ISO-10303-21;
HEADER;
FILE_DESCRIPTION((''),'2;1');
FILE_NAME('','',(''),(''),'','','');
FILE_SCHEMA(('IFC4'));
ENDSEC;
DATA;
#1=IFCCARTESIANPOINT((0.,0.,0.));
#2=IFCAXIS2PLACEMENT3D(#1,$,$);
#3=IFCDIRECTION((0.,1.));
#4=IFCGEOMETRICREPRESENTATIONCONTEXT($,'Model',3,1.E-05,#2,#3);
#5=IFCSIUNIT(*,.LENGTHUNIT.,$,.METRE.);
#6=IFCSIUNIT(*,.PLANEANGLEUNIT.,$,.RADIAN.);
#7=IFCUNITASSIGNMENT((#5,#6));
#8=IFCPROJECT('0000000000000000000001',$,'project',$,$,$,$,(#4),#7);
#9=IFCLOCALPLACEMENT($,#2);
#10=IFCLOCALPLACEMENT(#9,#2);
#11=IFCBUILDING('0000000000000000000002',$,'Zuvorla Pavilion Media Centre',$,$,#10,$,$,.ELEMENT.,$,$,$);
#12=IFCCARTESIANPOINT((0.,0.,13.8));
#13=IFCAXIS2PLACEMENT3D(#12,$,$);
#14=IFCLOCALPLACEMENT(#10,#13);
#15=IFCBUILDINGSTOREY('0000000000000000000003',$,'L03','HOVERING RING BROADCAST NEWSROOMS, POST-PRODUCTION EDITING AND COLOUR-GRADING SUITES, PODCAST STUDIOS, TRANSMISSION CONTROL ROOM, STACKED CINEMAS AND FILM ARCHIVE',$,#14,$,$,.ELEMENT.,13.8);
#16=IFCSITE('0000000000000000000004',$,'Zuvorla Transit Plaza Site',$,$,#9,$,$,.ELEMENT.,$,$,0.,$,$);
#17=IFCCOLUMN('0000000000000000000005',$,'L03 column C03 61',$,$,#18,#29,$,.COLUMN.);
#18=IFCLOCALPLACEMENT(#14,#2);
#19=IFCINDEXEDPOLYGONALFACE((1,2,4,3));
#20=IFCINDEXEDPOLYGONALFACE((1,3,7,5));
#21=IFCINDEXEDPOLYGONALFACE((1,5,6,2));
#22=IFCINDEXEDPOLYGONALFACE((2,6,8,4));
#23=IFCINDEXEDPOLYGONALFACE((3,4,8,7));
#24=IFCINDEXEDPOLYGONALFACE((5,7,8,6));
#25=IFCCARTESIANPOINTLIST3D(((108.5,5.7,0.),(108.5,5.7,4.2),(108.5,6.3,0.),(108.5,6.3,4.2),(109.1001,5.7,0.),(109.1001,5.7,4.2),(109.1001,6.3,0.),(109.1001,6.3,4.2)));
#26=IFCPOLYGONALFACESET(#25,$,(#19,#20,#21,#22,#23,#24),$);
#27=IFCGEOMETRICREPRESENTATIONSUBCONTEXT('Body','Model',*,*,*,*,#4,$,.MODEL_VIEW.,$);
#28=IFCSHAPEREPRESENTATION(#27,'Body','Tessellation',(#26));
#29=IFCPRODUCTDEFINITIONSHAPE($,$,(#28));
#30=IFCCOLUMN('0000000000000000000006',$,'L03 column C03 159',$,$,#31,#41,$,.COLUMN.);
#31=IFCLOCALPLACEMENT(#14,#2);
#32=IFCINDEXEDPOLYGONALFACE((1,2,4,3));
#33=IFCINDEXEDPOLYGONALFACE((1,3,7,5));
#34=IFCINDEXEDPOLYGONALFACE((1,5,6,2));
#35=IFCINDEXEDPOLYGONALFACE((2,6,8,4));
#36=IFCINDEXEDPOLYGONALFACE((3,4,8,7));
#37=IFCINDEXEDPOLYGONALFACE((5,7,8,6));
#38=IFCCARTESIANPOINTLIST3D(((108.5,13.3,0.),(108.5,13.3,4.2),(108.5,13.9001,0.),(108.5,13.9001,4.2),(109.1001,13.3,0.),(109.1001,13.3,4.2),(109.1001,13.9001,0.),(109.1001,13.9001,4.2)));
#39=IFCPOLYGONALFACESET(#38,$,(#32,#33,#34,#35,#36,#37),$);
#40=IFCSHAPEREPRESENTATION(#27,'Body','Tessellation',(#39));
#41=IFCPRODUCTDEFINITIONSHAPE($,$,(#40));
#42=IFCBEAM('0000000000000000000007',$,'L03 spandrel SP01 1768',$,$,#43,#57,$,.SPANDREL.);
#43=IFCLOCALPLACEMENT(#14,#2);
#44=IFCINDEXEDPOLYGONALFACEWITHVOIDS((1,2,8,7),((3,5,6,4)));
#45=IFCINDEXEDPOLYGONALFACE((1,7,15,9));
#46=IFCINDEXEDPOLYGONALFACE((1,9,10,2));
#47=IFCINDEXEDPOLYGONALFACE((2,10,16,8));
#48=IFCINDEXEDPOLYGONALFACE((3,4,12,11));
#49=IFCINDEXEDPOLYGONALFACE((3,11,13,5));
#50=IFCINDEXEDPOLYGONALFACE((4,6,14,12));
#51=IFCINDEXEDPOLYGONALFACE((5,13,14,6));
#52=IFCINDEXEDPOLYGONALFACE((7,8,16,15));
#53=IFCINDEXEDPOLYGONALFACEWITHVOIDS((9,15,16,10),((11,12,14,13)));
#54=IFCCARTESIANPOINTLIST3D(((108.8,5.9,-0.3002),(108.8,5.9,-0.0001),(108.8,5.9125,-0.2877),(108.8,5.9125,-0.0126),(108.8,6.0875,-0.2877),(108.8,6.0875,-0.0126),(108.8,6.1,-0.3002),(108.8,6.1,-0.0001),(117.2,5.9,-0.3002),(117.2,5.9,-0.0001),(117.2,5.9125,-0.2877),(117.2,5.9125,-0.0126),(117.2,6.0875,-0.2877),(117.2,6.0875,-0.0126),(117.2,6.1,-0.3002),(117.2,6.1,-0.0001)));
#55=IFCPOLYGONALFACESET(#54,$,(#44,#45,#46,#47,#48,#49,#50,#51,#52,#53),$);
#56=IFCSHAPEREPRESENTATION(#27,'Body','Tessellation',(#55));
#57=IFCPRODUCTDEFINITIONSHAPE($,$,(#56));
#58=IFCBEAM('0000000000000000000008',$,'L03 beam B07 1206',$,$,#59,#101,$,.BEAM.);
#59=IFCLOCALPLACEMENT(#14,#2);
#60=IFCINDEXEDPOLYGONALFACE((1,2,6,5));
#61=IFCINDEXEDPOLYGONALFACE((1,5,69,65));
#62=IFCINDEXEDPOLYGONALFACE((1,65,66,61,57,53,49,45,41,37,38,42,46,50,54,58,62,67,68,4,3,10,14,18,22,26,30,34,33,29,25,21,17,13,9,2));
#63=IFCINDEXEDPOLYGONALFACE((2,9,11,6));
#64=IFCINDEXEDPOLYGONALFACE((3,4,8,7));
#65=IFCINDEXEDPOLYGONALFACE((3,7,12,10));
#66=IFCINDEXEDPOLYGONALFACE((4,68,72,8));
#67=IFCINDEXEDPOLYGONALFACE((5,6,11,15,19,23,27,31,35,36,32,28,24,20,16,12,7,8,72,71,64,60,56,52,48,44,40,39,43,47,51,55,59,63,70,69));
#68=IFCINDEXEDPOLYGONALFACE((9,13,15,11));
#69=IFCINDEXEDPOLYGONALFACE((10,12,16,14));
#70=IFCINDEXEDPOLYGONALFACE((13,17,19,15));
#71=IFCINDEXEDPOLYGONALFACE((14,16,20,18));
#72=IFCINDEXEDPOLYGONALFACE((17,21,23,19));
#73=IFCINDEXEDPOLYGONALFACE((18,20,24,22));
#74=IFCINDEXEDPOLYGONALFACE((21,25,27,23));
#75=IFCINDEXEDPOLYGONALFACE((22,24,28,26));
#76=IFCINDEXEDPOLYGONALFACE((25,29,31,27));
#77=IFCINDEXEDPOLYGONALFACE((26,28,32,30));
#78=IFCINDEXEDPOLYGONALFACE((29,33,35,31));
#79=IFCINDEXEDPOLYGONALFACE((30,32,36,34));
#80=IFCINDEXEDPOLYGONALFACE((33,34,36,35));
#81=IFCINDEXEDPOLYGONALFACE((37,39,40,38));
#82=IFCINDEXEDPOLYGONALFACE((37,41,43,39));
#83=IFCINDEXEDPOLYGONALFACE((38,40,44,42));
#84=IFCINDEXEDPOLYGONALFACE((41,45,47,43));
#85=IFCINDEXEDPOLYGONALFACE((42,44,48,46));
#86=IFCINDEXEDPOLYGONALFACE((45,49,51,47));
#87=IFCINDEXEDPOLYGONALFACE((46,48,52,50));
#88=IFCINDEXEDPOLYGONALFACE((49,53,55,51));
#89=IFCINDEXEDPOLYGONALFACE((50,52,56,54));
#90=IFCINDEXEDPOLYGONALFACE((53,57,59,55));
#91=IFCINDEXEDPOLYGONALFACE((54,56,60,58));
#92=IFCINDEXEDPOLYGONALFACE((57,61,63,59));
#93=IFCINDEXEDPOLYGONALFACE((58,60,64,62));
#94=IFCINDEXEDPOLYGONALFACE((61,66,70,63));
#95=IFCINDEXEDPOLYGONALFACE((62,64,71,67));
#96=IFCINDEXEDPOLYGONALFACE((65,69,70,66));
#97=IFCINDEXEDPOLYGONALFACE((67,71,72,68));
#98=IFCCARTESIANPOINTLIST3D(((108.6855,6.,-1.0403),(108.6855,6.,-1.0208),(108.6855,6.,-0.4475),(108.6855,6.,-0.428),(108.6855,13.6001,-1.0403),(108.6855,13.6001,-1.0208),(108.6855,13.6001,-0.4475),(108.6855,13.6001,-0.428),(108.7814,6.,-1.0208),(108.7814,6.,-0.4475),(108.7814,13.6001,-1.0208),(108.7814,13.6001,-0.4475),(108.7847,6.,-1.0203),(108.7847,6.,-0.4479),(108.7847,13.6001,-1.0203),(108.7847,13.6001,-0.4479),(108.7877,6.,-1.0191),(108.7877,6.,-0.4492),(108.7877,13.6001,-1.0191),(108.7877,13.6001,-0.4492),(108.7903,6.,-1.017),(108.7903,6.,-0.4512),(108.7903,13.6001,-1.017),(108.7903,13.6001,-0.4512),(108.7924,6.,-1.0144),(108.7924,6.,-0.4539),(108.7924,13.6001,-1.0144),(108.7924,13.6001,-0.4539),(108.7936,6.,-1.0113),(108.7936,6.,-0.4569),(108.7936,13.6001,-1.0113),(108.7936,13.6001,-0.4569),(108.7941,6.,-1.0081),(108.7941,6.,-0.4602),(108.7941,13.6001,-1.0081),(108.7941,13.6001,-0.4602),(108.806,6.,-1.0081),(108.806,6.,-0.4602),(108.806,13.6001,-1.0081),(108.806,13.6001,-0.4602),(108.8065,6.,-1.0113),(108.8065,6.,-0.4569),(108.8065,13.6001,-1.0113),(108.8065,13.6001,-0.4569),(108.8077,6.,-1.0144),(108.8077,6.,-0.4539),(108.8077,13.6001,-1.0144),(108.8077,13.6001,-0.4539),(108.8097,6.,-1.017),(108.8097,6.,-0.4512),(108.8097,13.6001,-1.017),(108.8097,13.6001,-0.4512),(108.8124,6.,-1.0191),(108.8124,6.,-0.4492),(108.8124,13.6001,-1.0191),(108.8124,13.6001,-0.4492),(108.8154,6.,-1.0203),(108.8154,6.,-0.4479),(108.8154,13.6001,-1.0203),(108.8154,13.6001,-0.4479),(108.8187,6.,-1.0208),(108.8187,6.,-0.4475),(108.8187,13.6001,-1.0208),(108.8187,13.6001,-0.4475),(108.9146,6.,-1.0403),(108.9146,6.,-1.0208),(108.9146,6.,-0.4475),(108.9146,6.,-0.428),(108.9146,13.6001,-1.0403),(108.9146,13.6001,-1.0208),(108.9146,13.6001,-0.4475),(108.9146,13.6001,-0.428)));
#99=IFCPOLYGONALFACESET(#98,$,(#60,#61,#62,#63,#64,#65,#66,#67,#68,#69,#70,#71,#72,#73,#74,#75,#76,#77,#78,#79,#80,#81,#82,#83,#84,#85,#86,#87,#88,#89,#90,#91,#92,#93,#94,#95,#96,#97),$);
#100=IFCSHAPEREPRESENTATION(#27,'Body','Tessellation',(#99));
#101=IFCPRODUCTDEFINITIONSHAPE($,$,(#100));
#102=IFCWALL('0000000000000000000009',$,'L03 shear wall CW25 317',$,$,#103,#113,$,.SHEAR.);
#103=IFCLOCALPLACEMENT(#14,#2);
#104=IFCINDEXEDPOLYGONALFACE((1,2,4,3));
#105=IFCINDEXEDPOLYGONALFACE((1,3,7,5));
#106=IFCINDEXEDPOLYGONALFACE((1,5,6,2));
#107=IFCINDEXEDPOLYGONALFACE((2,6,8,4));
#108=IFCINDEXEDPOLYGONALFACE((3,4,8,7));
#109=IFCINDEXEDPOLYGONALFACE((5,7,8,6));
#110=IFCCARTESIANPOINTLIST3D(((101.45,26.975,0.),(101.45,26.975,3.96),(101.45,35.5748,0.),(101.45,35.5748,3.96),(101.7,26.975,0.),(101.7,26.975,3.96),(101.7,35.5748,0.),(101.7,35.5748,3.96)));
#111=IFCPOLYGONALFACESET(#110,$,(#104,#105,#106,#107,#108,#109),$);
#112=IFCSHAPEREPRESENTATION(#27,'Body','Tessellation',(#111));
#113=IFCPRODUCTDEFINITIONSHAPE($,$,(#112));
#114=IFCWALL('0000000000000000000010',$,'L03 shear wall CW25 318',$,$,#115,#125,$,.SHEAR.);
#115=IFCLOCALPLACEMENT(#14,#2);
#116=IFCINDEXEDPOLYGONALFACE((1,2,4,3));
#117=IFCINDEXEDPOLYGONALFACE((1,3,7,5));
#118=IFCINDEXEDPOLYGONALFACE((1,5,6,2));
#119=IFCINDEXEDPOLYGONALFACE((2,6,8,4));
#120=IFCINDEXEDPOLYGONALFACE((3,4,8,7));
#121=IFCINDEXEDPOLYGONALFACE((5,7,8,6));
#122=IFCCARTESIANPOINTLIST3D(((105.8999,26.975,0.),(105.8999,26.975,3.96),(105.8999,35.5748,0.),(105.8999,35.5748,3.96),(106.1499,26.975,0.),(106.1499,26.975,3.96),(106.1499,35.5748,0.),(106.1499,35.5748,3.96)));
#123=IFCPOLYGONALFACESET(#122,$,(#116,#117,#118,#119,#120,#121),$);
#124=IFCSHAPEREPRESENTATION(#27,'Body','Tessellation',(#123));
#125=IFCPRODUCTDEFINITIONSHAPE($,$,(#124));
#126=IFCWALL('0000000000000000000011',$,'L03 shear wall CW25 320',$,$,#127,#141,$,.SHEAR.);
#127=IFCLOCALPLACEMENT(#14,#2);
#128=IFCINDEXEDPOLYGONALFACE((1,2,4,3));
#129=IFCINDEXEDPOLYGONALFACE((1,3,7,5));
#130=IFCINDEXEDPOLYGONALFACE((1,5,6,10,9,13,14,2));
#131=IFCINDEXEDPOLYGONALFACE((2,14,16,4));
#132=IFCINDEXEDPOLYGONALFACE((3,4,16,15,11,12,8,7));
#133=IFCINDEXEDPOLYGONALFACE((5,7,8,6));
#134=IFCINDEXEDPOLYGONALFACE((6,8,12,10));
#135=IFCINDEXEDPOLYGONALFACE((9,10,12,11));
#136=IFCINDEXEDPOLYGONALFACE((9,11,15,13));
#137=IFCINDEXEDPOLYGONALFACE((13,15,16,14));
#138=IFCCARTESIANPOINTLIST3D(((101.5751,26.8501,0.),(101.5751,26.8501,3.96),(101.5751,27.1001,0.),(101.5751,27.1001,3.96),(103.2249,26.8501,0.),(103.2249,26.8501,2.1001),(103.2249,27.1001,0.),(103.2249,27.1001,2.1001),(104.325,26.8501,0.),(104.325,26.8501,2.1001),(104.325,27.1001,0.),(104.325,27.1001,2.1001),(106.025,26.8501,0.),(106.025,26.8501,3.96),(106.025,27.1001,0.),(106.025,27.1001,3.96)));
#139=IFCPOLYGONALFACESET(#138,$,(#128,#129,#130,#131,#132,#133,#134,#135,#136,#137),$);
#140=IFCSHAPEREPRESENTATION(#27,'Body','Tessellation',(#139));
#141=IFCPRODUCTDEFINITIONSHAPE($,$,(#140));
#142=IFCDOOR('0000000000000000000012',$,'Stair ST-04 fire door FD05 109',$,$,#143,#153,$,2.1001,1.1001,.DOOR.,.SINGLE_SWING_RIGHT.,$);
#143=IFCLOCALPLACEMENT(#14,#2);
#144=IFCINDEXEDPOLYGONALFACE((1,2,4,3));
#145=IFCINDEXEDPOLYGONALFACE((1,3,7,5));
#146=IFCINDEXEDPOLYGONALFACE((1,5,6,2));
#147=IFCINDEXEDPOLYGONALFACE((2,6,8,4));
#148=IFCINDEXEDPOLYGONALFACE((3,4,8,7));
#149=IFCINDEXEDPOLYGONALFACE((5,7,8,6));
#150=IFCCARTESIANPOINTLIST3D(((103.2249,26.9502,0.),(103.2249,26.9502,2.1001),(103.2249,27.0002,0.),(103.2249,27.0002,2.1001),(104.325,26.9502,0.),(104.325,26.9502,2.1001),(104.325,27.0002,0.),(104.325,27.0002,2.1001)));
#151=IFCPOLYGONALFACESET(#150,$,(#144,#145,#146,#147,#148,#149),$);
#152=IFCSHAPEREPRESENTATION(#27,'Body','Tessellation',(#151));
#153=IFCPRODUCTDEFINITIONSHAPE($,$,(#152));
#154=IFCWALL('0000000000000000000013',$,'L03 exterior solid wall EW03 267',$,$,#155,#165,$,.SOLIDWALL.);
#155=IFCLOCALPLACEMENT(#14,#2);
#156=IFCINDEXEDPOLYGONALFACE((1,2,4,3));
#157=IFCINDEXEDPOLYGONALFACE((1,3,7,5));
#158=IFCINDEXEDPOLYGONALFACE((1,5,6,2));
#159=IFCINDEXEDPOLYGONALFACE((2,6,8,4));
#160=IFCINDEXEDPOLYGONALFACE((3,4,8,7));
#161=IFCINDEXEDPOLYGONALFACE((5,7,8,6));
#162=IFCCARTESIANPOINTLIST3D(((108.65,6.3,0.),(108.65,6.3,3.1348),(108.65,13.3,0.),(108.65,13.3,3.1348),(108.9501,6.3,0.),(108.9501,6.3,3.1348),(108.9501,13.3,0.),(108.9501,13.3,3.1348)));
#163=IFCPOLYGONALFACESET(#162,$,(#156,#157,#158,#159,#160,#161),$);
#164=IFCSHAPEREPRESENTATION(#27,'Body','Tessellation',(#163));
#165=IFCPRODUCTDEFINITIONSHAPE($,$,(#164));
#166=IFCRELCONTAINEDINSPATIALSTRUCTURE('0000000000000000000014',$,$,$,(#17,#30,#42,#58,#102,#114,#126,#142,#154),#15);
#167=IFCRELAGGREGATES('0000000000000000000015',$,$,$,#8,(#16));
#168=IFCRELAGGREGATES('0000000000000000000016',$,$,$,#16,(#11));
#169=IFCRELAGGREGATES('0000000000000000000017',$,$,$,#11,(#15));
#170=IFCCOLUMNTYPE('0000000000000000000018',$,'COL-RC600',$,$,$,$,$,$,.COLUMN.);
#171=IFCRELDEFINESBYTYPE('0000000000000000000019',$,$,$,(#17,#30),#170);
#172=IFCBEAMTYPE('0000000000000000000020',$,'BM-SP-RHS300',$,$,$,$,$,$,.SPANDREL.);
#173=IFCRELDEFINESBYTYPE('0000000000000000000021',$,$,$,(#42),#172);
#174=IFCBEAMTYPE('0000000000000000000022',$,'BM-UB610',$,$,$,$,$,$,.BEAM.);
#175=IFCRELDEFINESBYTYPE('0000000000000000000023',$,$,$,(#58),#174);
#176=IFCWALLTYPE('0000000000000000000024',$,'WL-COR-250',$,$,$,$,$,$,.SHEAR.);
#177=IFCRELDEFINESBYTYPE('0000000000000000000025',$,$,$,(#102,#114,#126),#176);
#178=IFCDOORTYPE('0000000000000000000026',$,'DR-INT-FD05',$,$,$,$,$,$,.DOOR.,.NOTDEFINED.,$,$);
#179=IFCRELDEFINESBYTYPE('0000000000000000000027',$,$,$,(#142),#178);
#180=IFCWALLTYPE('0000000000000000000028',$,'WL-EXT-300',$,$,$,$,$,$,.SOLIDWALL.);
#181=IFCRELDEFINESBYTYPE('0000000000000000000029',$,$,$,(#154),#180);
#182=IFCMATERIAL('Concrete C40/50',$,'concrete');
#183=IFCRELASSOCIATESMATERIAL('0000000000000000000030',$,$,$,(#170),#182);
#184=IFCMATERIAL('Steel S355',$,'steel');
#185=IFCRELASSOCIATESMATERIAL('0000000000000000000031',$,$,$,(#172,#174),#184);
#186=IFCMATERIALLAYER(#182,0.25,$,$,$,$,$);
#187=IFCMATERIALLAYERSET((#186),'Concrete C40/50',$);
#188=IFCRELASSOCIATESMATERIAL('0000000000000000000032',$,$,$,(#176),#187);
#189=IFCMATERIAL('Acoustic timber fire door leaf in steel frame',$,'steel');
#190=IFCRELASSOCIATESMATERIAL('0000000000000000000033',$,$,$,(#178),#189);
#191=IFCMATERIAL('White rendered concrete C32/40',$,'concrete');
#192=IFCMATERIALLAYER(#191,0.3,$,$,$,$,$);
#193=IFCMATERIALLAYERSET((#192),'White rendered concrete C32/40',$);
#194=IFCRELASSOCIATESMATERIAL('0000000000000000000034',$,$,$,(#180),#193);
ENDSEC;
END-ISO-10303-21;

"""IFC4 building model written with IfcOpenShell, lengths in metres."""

from ifc_helpers import new_model, si_unit, direction, frame, frame_2d, origin, origin_2d, place, context, subcontext, project, spatial, rectangle, hollow_rectangle, i_section, extrude, material, layer, layer_set, material_profile, profile_set, type_object, element, fill, save


model = new_model("IFC4")

# Units and contexts
model_context = context("Model", 3, precision=1e-05, world=origin(), true_north=direction((0.0, 1.0)))
body_context = subcontext(model_context, "Body", "Model", "MODEL_VIEW")
ifc_project = project(units=[si_unit("LENGTHUNIT", "METRE"), si_unit("PLANEANGLEUNIT", "RADIAN")], contexts=[model_context])

# Site, building, storey
site_placement = place(None, origin())
site = spatial("IfcSite", under=ifc_project, at=site_placement, Name="Zuvorla Transit Plaza Site", CompositionType="ELEMENT", RefElevation=0.0)
building_placement = place(site_placement, origin())
building = spatial("IfcBuilding", under=site, at=building_placement, Name="Zuvorla Pavilion Media Centre", CompositionType="ELEMENT")
storey_placement = place(building_placement, frame((0.0, 0.0, 13.8)))
storey = spatial("IfcBuildingStorey", under=building, at=storey_placement, Name="L03", Description="HOVERING RING BROADCAST NEWSROOMS, POST-PRODUCTION EDITING AND COLOUR-GRADING SUITES, PODCAST STUDIOS, TRANSMISSION CONTROL ROOM, STACKED CINEMAS AND FILM ARCHIVE", CompositionType="ELEMENT", Elevation=13.8)

# Columns
ifc_material_1 = material(Name="Concrete C40/50", Category="concrete")
ifc_material_profile_1 = material_profile(ifc_material_1, rectangle(XDim=0.6001, YDim=0.6001, at=origin_2d()), Name="RC 600x600")
ifc_profile_set_1 = profile_set([ifc_material_profile_1], Name="Concrete C40/50")
column_type = type_object("IfcColumnType", Name="COL-RC600", PredefinedType="COLUMN", material=ifc_profile_set_1)
for number, where, z_axis, x_axis, name in (
    (1, (108.8, 6.0, 0.0), (0.0, 0.0, 1.0), (1.0, 0.0, 0.0), "L03 column C03 61"),
    (2, (108.8, 13.6001, 0.0), (0.0, 0.0, 1.0), (1.0, 0.0, 0.0), "L03 column C03 159"),
):
    element("IfcColumn", number, at=place(storey_placement, frame(where, z_axis=z_axis, x_axis=x_axis)), inside=storey, type_object=column_type, Name=name, PredefinedType="COLUMN", context=body_context, shape_type="SweptSolid", body=[
        extrude(rectangle(XDim=0.6001, YDim=0.6001, at=origin_2d()), origin(), (0.0, 0.0, 1.0), 4.2),
    ])

# Beams
ifc_material_2 = material(Name="Steel S355", Category="steel")
ifc_material_profile_2 = material_profile(ifc_material_2, hollow_rectangle(XDim=0.2, YDim=0.3, WallThickness=0.0125, at=origin_2d()), Name="RHS 300x200x12.5")
ifc_profile_set_2 = profile_set([ifc_material_profile_2], Name="Steel S355")
beam_type_1 = type_object("IfcBeamType", Name="BM-SP-RHS300", PredefinedType="SPANDREL", material=ifc_profile_set_2)
beam_1_placement = place(storey_placement, frame((108.8, 6.0, -0.1501), z_axis=(1.0, 0.0, 0.0), x_axis=(0.0, 1.0, 0.0)))
element("IfcBeam", 3, at=beam_1_placement, inside=storey, type_object=beam_type_1, Name="L03 spandrel SP01 1768", PredefinedType="SPANDREL", context=body_context, shape_type="SweptSolid", body=[
    extrude(hollow_rectangle(XDim=0.2, YDim=0.3, WallThickness=0.0125, at=origin_2d()), origin(), (0.0, 0.0, 1.0), 8.3999),
])
ifc_material_profile_3 = material_profile(ifc_material_2, i_section(OverallWidth=0.229, OverallDepth=0.6123, WebThickness=0.012, FlangeThickness=0.0195, FilletRadius=0.0127, at=origin_2d()), Name="UB 610x229x125")
ifc_profile_set_3 = profile_set([ifc_material_profile_3], Name="Steel S355")
beam_type_2 = type_object("IfcBeamType", Name="BM-UB610", PredefinedType="BEAM", material=ifc_profile_set_3)
beam_2_placement = place(storey_placement, frame((108.8, 6.0, -0.7341), z_axis=(0.0, 1.0, 0.0), x_axis=(-1.0, 0.0, 0.0)))
element("IfcBeam", 4, at=beam_2_placement, inside=storey, type_object=beam_type_2, Name="L03 beam B07 1206", PredefinedType="BEAM", context=body_context, shape_type="SweptSolid", body=[
    extrude(i_section(OverallWidth=0.229, OverallDepth=0.6123, WebThickness=0.012, FlangeThickness=0.0195, FilletRadius=0.0127, at=origin_2d()), origin(), (0.0, 0.0, 1.0), 7.6001),
])

# Walls
ifc_layer_1 = layer(ifc_material_1, 0.25)
ifc_layer_set_1 = layer_set([ifc_layer_1], Name="Concrete C40/50")
wall_type_1 = type_object("IfcWallType", Name="WL-COR-250", PredefinedType="SHEAR", material=ifc_layer_set_1)
for number, where, z_axis, x_axis, name in (
    (5, (101.575, 26.9751, 0.0), (0.0, 0.0, 1.0), (0.0, 1.0, 0.0), "L03 shear wall CW25 317"),
    (6, (106.0249, 26.9751, 0.0), (0.0, 0.0, 1.0), (0.0, 1.0, 0.0), "L03 shear wall CW25 318"),
):
    element("IfcWall", number, at=place(storey_placement, frame(where, z_axis=z_axis, x_axis=x_axis)), inside=storey, type_object=wall_type_1, Name=name, PredefinedType="SHEAR", context=body_context, shape_type="SweptSolid", body=[
        extrude(rectangle(XDim=8.5999, YDim=0.25, at=frame_2d((4.2998, 0.0))), origin(), (0.0, 0.0, 1.0), 3.96),
    ])

# Wall, opening, door
wall_1_placement = place(storey_placement, frame((101.575, 26.9751, 0.0), z_axis=(0.0, 0.0, 1.0), x_axis=(1.0, 0.0, 0.0)))
wall_1 = element("IfcWall", 7, at=wall_1_placement, inside=storey, type_object=wall_type_1, Name="L03 shear wall CW25 320", PredefinedType="SHEAR", context=body_context, shape_type="SweptSolid", body=[
    extrude(rectangle(XDim=4.45, YDim=0.25, at=frame_2d((2.2251, 0.0))), origin(), (0.0, 0.0, 1.0), 3.96),
])
opening_1_placement = place(wall_1_placement, frame((1.6499, 0.0, 0.0)))
opening_1 = element("IfcOpeningElement", 8, at=opening_1_placement, cuts=wall_1, PredefinedType="OPENING", context=body_context, shape_type="SweptSolid", body=[
    extrude(rectangle(XDim=1.1001, YDim=2.1001, at=frame_2d((0.55, 1.05))), frame((0.0, 0.135, 0.0), z_axis=(0.0, -1.0, 0.0), x_axis=(1.0, 0.0, 0.0)), (0.0, 0.0, 1.0), 0.27),
])
ifc_material_3 = material(Name="Acoustic timber fire door leaf in steel frame", Category="steel")
door_type_1 = type_object("IfcDoorType", Name="DR-INT-FD05", OperationType="NOTDEFINED", PredefinedType="DOOR", material=ifc_material_3)
door_1_placement = place(opening_1_placement, frame((1.1001, 0.0, 0.0), z_axis=(0.0, 0.0, 1.0), x_axis=(-1.0, 0.0, 0.0)))
door_1 = element("IfcDoor", 9, at=door_1_placement, inside=storey, type_object=door_type_1, Name="Stair ST-04 fire door FD05 109", OperationType="SINGLE_SWING_RIGHT", OverallHeight=2.1001, OverallWidth=1.1001, PredefinedType="DOOR", context=body_context, shape_type="SweptSolid", body=[
    extrude(rectangle(XDim=1.1001, YDim=2.1001, at=frame_2d((0.55, 1.05))), frame((0.0, 0.0249, 0.0), z_axis=(0.0, -1.0, 0.0), x_axis=(1.0, 0.0, 0.0)), (0.0, 0.0, 1.0), 0.05),
])
fill(opening_1, door_1)

# Wall
ifc_material_4 = material(Name="White rendered concrete C32/40", Category="concrete")
ifc_layer_2 = layer(ifc_material_4, 0.3)
ifc_layer_set_2 = layer_set([ifc_layer_2], Name="White rendered concrete C32/40")
wall_type_2 = type_object("IfcWallType", Name="WL-EXT-300", PredefinedType="SOLIDWALL", material=ifc_layer_set_2)
wall_2_placement = place(storey_placement, frame((108.8, 6.3, 0.0), z_axis=(0.0, 0.0, 1.0), x_axis=(0.0, 1.0, 0.0)))
element("IfcWall", 10, at=wall_2_placement, inside=storey, type_object=wall_type_2, Name="L03 exterior solid wall EW03 267", PredefinedType="SOLIDWALL", context=body_context, shape_type="SweptSolid", body=[
    extrude(rectangle(XDim=7.0, YDim=0.3, at=frame_2d((3.5, 0.0))), origin(), (0.0, 0.0, 1.0), 3.1348),
])

save(model, "model.ifc")
